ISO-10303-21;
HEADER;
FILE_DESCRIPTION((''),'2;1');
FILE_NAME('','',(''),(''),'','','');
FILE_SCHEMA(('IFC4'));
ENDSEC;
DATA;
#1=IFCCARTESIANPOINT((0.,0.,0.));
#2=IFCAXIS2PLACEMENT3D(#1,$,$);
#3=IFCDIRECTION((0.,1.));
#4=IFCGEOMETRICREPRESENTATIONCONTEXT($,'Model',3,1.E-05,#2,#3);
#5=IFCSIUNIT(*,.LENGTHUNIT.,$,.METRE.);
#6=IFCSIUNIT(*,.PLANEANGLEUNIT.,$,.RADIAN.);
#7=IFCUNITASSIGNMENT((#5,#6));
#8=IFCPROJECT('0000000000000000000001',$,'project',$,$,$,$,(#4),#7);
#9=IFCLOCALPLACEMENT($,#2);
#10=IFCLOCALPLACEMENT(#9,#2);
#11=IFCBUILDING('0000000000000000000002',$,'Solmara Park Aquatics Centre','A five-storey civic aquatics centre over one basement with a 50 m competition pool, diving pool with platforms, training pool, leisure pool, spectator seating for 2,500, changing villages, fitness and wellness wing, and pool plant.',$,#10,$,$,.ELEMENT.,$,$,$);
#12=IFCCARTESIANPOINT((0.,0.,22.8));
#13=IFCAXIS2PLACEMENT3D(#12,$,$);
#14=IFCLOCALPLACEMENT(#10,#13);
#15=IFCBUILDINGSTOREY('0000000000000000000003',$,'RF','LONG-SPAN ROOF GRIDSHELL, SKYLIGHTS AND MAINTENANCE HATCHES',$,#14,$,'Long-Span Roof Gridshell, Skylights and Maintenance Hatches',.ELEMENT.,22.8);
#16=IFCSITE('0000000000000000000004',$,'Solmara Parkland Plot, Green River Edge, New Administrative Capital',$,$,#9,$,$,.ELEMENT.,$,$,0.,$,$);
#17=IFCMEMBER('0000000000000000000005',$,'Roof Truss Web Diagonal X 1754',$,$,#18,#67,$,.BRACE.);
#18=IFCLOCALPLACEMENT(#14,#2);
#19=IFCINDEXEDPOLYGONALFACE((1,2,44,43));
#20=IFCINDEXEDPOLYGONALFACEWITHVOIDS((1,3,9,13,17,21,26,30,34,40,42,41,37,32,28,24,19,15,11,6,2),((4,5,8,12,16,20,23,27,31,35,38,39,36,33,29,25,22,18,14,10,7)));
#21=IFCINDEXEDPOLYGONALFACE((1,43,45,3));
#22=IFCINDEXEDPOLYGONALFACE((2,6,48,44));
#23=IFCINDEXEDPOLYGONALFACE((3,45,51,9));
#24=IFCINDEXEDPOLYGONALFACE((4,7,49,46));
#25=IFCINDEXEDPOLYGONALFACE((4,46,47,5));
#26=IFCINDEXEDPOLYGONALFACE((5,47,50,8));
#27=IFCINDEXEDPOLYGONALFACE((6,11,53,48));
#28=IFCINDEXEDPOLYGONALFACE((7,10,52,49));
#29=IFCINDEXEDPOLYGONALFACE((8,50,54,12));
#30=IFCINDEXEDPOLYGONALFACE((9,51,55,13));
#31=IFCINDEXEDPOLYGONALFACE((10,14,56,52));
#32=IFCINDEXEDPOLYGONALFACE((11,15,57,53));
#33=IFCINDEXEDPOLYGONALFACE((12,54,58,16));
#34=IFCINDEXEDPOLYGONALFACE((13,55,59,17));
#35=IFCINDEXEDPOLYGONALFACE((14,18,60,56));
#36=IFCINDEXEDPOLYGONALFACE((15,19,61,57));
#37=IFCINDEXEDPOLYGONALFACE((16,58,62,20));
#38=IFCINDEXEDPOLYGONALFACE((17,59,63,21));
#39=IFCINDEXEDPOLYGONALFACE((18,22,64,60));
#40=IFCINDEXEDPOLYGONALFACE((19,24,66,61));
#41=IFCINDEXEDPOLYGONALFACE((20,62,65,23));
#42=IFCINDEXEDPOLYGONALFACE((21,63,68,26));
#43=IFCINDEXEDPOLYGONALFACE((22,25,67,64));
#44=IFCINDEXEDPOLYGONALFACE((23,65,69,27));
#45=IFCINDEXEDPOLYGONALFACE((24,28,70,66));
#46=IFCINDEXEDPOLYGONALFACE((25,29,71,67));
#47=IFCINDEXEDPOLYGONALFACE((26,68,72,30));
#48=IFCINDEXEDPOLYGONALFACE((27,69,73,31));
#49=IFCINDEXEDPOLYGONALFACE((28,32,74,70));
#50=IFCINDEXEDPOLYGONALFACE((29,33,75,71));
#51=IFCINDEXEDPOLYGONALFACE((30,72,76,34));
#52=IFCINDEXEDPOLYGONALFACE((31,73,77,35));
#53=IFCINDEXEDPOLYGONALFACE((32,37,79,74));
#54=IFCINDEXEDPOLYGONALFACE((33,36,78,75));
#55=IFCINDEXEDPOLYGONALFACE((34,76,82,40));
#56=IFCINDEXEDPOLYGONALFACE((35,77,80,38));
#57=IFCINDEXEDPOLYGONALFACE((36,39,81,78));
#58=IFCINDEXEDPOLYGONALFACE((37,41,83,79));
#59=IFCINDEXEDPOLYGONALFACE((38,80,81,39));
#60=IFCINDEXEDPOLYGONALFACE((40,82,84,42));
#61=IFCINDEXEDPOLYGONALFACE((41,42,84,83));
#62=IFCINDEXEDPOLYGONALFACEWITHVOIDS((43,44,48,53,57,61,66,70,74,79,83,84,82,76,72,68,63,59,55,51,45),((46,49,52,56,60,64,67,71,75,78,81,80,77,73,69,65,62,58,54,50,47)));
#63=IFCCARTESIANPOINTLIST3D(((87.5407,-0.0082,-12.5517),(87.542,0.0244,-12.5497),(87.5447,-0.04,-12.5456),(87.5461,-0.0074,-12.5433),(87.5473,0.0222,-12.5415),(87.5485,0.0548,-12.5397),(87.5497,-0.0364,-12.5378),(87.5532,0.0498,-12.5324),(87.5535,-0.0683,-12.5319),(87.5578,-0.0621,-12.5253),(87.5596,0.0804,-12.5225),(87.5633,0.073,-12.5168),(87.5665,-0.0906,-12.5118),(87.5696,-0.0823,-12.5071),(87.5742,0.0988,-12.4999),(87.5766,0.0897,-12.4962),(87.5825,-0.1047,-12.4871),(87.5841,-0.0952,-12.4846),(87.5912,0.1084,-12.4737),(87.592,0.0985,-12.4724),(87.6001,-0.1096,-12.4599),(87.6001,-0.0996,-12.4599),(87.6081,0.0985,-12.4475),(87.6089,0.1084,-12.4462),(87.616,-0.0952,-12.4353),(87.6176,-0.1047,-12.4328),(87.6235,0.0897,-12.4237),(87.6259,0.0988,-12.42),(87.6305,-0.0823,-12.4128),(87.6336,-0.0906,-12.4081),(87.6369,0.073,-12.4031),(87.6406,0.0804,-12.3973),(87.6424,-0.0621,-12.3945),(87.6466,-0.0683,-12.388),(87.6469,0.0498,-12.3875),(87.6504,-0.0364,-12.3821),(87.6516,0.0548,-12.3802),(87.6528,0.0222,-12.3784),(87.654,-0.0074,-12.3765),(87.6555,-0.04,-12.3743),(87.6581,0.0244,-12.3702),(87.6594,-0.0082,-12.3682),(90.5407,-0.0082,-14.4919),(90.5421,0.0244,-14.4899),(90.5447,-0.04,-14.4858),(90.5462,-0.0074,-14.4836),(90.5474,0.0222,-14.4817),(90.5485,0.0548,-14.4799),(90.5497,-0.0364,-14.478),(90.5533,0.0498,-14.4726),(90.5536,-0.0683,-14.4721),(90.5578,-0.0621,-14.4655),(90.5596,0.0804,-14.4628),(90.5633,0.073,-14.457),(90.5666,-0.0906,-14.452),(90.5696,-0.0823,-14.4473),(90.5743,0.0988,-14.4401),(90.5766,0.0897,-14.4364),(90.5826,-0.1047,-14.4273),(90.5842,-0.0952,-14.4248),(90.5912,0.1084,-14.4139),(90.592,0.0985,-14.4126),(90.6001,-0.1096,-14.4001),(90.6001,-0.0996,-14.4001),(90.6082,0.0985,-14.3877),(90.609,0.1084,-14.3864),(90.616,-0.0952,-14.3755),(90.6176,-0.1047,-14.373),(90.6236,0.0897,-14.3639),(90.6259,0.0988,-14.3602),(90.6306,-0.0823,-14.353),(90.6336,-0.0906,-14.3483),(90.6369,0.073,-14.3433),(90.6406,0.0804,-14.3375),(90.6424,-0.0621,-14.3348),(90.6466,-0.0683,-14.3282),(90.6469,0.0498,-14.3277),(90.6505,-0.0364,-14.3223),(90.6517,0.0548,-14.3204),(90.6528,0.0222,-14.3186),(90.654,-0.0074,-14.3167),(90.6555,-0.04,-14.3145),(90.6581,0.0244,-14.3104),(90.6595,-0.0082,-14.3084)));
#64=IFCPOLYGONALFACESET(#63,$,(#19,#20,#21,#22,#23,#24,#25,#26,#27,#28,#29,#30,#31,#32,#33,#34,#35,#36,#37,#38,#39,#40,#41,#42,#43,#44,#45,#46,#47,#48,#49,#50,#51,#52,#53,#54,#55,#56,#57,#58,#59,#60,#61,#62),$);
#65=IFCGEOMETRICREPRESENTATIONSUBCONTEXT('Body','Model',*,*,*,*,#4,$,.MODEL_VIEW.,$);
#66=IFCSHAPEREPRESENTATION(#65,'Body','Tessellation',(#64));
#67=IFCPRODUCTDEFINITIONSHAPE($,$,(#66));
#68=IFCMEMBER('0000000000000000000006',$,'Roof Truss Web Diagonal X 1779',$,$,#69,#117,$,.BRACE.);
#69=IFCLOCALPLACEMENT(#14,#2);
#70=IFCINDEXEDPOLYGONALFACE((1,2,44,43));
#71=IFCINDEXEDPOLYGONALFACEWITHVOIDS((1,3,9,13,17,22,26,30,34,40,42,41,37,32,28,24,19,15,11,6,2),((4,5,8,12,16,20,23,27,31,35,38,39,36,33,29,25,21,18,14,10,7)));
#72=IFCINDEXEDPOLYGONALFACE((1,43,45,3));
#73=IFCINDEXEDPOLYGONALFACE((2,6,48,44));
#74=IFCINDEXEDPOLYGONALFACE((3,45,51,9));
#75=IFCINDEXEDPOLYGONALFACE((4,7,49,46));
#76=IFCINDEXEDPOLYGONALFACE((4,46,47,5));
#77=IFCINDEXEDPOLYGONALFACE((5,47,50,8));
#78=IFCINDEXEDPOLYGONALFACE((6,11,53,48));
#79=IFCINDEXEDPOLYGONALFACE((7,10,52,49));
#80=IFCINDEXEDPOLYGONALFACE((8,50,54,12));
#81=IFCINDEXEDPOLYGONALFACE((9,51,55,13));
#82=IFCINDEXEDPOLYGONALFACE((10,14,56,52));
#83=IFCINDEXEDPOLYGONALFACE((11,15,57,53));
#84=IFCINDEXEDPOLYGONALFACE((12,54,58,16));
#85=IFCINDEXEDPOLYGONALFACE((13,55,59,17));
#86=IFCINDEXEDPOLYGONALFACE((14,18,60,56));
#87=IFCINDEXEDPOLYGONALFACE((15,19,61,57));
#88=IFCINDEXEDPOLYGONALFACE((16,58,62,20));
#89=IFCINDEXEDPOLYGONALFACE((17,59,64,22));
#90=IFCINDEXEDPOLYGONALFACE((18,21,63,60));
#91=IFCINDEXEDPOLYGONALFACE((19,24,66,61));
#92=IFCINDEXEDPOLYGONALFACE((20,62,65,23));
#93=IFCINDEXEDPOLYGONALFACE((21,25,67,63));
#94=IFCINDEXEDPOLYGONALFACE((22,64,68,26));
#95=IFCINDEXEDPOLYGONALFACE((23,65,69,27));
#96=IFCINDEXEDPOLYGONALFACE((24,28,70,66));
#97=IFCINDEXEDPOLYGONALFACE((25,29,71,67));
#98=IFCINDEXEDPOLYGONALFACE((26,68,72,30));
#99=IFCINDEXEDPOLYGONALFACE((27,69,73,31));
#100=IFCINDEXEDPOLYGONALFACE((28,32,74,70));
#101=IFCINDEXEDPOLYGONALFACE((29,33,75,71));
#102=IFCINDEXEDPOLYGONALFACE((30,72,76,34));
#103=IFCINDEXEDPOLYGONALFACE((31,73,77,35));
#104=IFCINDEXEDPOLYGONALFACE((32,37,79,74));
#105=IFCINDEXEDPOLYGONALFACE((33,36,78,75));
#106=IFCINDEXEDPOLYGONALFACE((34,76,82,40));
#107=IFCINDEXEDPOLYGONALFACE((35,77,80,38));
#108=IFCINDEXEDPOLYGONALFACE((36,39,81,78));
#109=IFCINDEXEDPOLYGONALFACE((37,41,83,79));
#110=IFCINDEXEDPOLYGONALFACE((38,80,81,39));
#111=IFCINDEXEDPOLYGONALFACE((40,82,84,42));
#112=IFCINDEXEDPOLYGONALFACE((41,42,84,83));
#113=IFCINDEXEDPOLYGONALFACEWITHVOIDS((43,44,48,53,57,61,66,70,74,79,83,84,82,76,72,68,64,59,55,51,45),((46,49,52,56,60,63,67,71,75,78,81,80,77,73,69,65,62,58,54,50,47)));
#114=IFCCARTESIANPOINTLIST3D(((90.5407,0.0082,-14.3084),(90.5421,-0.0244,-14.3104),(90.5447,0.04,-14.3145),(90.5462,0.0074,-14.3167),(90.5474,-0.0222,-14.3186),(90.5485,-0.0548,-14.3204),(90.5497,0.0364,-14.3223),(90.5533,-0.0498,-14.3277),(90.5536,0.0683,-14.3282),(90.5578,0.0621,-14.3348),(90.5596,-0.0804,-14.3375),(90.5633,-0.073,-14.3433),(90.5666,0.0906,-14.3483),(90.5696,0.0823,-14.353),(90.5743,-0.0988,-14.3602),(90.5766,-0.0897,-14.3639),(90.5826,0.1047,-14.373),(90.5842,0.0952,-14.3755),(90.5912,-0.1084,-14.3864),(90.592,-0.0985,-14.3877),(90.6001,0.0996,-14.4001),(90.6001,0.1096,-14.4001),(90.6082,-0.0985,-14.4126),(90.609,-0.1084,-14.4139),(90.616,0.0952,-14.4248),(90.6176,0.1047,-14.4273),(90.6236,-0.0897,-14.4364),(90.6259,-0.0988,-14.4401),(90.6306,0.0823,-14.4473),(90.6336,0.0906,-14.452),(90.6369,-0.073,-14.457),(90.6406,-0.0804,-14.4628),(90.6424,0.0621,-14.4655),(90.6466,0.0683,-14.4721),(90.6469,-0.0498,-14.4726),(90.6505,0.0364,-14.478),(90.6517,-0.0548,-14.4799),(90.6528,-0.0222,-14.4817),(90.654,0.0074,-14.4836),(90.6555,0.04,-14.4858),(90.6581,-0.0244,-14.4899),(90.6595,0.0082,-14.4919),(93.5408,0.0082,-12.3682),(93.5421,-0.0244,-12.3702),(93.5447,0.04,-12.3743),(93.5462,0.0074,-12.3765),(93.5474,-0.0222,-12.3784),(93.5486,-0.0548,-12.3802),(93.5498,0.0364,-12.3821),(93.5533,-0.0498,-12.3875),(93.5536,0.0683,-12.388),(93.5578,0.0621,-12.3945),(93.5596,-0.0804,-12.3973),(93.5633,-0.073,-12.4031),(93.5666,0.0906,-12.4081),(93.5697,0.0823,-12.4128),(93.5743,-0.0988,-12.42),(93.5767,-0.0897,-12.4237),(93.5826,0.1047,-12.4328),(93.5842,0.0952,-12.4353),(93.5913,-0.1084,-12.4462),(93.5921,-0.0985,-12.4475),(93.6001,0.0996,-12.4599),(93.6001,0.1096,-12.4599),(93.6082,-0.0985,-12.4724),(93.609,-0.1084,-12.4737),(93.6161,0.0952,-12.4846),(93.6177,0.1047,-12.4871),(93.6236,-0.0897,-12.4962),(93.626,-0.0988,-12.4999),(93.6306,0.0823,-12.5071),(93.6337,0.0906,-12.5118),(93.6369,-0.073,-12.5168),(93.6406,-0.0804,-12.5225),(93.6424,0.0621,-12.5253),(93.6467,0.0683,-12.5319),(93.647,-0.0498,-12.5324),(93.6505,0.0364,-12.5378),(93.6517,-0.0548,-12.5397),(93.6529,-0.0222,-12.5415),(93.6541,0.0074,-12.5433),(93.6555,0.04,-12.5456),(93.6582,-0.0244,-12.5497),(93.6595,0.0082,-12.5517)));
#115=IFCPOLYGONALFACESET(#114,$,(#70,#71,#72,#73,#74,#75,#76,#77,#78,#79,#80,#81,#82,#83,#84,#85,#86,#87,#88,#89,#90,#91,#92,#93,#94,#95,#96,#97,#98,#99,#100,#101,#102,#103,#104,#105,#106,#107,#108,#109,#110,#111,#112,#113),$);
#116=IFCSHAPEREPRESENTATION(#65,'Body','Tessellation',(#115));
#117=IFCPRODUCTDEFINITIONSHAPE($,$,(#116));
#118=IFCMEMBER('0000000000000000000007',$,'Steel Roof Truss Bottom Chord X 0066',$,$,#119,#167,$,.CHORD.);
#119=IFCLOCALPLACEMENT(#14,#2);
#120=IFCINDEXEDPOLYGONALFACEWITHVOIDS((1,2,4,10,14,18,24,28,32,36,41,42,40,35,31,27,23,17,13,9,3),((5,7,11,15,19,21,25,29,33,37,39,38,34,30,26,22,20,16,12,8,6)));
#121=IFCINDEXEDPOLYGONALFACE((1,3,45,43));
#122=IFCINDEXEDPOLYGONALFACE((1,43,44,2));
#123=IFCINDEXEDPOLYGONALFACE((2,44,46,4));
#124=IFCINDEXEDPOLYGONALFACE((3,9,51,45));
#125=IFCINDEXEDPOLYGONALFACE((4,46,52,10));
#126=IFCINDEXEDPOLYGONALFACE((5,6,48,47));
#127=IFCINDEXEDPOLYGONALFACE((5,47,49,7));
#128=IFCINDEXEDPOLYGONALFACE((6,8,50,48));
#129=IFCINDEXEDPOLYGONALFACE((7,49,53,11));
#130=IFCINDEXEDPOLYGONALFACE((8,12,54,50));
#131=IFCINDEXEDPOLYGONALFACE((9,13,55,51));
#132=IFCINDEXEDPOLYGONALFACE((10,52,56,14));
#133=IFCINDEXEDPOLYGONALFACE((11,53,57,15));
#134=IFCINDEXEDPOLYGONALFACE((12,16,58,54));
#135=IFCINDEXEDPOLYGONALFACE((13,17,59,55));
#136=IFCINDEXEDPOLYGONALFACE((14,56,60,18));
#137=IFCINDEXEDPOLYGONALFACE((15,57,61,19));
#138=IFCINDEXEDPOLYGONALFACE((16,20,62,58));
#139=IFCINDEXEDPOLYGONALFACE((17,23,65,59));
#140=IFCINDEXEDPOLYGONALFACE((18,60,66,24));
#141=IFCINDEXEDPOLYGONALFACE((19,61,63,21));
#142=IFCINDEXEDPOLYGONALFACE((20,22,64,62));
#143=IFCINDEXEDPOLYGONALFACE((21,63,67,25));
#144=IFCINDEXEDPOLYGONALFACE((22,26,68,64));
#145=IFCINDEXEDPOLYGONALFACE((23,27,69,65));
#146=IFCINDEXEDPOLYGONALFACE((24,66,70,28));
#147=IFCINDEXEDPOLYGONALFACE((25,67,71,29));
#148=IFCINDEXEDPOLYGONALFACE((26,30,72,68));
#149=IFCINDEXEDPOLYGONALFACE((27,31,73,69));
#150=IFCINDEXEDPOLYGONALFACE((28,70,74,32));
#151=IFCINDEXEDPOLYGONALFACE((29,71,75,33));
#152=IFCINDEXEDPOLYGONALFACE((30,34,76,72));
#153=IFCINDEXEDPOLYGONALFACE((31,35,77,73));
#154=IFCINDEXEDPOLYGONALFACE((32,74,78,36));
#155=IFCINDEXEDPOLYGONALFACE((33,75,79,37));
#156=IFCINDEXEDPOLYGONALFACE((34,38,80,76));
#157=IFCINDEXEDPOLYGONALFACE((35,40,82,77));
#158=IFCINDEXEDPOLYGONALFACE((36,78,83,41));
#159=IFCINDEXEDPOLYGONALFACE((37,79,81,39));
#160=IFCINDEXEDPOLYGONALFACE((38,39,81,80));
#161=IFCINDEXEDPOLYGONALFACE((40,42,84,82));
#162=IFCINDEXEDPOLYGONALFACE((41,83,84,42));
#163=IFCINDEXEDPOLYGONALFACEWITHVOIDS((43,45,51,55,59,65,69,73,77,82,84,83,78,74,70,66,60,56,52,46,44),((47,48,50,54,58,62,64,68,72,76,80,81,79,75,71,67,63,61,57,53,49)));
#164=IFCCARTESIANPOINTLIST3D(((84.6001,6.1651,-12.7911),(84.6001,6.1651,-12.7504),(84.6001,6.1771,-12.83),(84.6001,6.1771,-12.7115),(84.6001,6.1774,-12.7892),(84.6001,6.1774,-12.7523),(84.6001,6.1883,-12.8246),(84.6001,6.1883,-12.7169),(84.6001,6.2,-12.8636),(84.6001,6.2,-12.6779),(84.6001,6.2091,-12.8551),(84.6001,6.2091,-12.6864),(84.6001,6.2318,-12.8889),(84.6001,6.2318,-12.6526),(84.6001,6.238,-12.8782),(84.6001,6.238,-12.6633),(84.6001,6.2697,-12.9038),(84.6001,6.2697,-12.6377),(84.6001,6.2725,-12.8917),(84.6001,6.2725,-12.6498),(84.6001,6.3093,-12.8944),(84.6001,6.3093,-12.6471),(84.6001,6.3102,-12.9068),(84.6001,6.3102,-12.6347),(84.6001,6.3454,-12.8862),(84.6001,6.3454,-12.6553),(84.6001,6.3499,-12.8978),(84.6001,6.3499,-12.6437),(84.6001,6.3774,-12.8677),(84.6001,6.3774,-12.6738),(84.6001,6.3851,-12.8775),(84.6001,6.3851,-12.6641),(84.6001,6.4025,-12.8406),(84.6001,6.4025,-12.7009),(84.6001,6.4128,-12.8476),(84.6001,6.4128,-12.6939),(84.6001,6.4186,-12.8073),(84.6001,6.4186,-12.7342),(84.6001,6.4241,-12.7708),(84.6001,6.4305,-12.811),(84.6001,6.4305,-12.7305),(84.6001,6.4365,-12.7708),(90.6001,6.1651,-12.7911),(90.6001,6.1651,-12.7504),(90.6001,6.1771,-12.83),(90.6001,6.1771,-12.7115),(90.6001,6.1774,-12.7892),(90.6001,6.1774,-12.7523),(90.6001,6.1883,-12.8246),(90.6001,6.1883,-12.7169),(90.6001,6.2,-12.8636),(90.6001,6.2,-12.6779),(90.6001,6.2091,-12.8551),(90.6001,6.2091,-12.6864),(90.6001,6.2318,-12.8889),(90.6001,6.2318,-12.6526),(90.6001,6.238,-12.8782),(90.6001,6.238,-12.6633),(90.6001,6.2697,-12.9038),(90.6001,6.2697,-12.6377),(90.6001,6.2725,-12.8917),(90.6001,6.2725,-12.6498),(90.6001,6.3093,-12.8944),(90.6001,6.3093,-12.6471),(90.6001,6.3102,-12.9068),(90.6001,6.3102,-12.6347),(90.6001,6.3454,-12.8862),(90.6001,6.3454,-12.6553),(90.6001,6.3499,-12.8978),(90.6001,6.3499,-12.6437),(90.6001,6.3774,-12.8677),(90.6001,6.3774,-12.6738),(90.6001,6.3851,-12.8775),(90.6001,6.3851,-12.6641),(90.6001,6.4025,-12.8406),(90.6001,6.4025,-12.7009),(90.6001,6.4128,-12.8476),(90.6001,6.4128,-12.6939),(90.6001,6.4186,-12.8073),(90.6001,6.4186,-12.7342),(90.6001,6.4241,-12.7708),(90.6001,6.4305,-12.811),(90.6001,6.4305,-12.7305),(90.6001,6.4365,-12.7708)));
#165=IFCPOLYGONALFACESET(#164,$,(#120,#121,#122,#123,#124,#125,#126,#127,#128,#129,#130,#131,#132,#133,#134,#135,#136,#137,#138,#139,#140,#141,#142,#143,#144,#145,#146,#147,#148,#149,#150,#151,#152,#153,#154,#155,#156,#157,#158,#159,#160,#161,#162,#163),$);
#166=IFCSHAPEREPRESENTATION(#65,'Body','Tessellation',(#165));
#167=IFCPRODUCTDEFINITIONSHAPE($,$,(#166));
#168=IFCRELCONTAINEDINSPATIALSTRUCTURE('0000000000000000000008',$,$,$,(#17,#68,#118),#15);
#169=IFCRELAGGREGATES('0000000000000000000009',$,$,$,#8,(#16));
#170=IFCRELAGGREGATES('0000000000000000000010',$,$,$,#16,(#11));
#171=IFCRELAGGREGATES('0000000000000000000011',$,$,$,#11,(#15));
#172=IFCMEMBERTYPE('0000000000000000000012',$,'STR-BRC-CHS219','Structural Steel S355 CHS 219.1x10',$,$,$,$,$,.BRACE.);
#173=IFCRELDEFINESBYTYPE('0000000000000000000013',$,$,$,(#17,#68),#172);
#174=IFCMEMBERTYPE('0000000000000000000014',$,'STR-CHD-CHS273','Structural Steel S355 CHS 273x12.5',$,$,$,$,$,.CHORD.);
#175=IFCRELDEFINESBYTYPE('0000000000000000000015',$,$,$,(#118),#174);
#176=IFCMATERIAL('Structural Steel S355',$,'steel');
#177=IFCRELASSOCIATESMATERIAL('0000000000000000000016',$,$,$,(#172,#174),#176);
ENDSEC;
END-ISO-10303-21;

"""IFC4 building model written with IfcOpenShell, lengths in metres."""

from ifc_helpers import new_model, si_unit, direction, frame, origin, origin_2d, place, context, subcontext, project, spatial, hollow_circle, extrude, material, material_profile, profile_set, type_object, element, save


model = new_model("IFC4")

# Units and contexts
model_context = context("Model", 3, precision=1e-05, world=origin(), true_north=direction((0.0, 1.0)))
body_context = subcontext(model_context, "Body", "Model", "MODEL_VIEW")
ifc_project = project(units=[si_unit("LENGTHUNIT", "METRE"), si_unit("PLANEANGLEUNIT", "RADIAN")], contexts=[model_context])

# Site, building, storey
site_placement = place(None, origin())
site = spatial("IfcSite", under=ifc_project, at=site_placement, Name="Solmara Parkland Plot, Green River Edge, New Administrative Capital", CompositionType="ELEMENT", RefElevation=0.0)
building_placement = place(site_placement, origin())
building = spatial("IfcBuilding", under=site, at=building_placement, Name="Solmara Park Aquatics Centre", Description="A five-storey civic aquatics centre over one basement with a 50 m competition pool, diving pool with platforms, training pool, leisure pool, spectator seating for 2,500, changing villages, fitness and wellness wing, and pool plant.", CompositionType="ELEMENT")
storey_placement = place(building_placement, frame((0.0, 0.0, 22.8)))
storey = spatial("IfcBuildingStorey", under=building, at=storey_placement, Name="RF", Description="LONG-SPAN ROOF GRIDSHELL, SKYLIGHTS AND MAINTENANCE HATCHES", LongName="Long-Span Roof Gridshell, Skylights and Maintenance Hatches", CompositionType="ELEMENT", Elevation=22.8)

# Members
ifc_material_1 = material(Name="Structural Steel S355", Category="steel")
ifc_material_profile_1 = material_profile(ifc_material_1, hollow_circle(Radius=0.1096, WallThickness=0.01, at=origin_2d()), Name="CHS 219.1x10")
ifc_profile_set_1 = profile_set([ifc_material_profile_1], Name="Structural Steel S355")
member_type_1 = type_object("IfcMemberType", Name="STR-BRC-CHS219", Description="Structural Steel S355 CHS 219.1x10", PredefinedType="BRACE", material=ifc_profile_set_1)
for number, where, z_axis, x_axis, name in (
    (1, (90.6001, 0.0, -14.4001), (-0.839697, 0.0, 0.543056), (0.0, -1.0, 0.0), "Roof Truss Web Diagonal X 1754"),
    (2, (90.6001, 0.0, -14.4001), (0.839697, 0.0, 0.543056), (0.0, 1.0, 0.0), "Roof Truss Web Diagonal X 1779"),
):
    element("IfcMember", number, at=place(storey_placement, frame(where, z_axis=z_axis, x_axis=x_axis)), inside=storey, type_object=member_type_1, Name=name, PredefinedType="BRACE", context=body_context, shape_type="SweptSolid", body=[
        extrude(hollow_circle(Radius=0.1096, WallThickness=0.01, at=origin_2d()), origin(), (0.0, 0.0, 1.0), 3.5728),
    ])
ifc_material_profile_2 = material_profile(ifc_material_1, hollow_circle(Radius=0.1365, WallThickness=0.0125, at=origin_2d()), Name="CHS 273x12.5")
ifc_profile_set_2 = profile_set([ifc_material_profile_2], Name="Structural Steel S355")
member_type_2 = type_object("IfcMemberType", Name="STR-CHD-CHS273", Description="Structural Steel S355 CHS 273x12.5", PredefinedType="CHORD", material=ifc_profile_set_2)
for number, where, z_axis, x_axis, name in (
    (3, (84.6001, 6.3, -12.7708), (1.0, 0.0, 0.0), (0.0, 1.0, 0.0), "Steel Roof Truss Bottom Chord X 0066"),
):
    element("IfcMember", number, at=place(storey_placement, frame(where, z_axis=z_axis, x_axis=x_axis)), inside=storey, type_object=member_type_2, Name=name, PredefinedType="CHORD", context=body_context, shape_type="SweptSolid", body=[
        extrude(hollow_circle(Radius=0.1365, WallThickness=0.0125, at=origin_2d()), origin(), (0.0, 0.0, 1.0), 6.0),
    ])

save(model, "model.ifc")
